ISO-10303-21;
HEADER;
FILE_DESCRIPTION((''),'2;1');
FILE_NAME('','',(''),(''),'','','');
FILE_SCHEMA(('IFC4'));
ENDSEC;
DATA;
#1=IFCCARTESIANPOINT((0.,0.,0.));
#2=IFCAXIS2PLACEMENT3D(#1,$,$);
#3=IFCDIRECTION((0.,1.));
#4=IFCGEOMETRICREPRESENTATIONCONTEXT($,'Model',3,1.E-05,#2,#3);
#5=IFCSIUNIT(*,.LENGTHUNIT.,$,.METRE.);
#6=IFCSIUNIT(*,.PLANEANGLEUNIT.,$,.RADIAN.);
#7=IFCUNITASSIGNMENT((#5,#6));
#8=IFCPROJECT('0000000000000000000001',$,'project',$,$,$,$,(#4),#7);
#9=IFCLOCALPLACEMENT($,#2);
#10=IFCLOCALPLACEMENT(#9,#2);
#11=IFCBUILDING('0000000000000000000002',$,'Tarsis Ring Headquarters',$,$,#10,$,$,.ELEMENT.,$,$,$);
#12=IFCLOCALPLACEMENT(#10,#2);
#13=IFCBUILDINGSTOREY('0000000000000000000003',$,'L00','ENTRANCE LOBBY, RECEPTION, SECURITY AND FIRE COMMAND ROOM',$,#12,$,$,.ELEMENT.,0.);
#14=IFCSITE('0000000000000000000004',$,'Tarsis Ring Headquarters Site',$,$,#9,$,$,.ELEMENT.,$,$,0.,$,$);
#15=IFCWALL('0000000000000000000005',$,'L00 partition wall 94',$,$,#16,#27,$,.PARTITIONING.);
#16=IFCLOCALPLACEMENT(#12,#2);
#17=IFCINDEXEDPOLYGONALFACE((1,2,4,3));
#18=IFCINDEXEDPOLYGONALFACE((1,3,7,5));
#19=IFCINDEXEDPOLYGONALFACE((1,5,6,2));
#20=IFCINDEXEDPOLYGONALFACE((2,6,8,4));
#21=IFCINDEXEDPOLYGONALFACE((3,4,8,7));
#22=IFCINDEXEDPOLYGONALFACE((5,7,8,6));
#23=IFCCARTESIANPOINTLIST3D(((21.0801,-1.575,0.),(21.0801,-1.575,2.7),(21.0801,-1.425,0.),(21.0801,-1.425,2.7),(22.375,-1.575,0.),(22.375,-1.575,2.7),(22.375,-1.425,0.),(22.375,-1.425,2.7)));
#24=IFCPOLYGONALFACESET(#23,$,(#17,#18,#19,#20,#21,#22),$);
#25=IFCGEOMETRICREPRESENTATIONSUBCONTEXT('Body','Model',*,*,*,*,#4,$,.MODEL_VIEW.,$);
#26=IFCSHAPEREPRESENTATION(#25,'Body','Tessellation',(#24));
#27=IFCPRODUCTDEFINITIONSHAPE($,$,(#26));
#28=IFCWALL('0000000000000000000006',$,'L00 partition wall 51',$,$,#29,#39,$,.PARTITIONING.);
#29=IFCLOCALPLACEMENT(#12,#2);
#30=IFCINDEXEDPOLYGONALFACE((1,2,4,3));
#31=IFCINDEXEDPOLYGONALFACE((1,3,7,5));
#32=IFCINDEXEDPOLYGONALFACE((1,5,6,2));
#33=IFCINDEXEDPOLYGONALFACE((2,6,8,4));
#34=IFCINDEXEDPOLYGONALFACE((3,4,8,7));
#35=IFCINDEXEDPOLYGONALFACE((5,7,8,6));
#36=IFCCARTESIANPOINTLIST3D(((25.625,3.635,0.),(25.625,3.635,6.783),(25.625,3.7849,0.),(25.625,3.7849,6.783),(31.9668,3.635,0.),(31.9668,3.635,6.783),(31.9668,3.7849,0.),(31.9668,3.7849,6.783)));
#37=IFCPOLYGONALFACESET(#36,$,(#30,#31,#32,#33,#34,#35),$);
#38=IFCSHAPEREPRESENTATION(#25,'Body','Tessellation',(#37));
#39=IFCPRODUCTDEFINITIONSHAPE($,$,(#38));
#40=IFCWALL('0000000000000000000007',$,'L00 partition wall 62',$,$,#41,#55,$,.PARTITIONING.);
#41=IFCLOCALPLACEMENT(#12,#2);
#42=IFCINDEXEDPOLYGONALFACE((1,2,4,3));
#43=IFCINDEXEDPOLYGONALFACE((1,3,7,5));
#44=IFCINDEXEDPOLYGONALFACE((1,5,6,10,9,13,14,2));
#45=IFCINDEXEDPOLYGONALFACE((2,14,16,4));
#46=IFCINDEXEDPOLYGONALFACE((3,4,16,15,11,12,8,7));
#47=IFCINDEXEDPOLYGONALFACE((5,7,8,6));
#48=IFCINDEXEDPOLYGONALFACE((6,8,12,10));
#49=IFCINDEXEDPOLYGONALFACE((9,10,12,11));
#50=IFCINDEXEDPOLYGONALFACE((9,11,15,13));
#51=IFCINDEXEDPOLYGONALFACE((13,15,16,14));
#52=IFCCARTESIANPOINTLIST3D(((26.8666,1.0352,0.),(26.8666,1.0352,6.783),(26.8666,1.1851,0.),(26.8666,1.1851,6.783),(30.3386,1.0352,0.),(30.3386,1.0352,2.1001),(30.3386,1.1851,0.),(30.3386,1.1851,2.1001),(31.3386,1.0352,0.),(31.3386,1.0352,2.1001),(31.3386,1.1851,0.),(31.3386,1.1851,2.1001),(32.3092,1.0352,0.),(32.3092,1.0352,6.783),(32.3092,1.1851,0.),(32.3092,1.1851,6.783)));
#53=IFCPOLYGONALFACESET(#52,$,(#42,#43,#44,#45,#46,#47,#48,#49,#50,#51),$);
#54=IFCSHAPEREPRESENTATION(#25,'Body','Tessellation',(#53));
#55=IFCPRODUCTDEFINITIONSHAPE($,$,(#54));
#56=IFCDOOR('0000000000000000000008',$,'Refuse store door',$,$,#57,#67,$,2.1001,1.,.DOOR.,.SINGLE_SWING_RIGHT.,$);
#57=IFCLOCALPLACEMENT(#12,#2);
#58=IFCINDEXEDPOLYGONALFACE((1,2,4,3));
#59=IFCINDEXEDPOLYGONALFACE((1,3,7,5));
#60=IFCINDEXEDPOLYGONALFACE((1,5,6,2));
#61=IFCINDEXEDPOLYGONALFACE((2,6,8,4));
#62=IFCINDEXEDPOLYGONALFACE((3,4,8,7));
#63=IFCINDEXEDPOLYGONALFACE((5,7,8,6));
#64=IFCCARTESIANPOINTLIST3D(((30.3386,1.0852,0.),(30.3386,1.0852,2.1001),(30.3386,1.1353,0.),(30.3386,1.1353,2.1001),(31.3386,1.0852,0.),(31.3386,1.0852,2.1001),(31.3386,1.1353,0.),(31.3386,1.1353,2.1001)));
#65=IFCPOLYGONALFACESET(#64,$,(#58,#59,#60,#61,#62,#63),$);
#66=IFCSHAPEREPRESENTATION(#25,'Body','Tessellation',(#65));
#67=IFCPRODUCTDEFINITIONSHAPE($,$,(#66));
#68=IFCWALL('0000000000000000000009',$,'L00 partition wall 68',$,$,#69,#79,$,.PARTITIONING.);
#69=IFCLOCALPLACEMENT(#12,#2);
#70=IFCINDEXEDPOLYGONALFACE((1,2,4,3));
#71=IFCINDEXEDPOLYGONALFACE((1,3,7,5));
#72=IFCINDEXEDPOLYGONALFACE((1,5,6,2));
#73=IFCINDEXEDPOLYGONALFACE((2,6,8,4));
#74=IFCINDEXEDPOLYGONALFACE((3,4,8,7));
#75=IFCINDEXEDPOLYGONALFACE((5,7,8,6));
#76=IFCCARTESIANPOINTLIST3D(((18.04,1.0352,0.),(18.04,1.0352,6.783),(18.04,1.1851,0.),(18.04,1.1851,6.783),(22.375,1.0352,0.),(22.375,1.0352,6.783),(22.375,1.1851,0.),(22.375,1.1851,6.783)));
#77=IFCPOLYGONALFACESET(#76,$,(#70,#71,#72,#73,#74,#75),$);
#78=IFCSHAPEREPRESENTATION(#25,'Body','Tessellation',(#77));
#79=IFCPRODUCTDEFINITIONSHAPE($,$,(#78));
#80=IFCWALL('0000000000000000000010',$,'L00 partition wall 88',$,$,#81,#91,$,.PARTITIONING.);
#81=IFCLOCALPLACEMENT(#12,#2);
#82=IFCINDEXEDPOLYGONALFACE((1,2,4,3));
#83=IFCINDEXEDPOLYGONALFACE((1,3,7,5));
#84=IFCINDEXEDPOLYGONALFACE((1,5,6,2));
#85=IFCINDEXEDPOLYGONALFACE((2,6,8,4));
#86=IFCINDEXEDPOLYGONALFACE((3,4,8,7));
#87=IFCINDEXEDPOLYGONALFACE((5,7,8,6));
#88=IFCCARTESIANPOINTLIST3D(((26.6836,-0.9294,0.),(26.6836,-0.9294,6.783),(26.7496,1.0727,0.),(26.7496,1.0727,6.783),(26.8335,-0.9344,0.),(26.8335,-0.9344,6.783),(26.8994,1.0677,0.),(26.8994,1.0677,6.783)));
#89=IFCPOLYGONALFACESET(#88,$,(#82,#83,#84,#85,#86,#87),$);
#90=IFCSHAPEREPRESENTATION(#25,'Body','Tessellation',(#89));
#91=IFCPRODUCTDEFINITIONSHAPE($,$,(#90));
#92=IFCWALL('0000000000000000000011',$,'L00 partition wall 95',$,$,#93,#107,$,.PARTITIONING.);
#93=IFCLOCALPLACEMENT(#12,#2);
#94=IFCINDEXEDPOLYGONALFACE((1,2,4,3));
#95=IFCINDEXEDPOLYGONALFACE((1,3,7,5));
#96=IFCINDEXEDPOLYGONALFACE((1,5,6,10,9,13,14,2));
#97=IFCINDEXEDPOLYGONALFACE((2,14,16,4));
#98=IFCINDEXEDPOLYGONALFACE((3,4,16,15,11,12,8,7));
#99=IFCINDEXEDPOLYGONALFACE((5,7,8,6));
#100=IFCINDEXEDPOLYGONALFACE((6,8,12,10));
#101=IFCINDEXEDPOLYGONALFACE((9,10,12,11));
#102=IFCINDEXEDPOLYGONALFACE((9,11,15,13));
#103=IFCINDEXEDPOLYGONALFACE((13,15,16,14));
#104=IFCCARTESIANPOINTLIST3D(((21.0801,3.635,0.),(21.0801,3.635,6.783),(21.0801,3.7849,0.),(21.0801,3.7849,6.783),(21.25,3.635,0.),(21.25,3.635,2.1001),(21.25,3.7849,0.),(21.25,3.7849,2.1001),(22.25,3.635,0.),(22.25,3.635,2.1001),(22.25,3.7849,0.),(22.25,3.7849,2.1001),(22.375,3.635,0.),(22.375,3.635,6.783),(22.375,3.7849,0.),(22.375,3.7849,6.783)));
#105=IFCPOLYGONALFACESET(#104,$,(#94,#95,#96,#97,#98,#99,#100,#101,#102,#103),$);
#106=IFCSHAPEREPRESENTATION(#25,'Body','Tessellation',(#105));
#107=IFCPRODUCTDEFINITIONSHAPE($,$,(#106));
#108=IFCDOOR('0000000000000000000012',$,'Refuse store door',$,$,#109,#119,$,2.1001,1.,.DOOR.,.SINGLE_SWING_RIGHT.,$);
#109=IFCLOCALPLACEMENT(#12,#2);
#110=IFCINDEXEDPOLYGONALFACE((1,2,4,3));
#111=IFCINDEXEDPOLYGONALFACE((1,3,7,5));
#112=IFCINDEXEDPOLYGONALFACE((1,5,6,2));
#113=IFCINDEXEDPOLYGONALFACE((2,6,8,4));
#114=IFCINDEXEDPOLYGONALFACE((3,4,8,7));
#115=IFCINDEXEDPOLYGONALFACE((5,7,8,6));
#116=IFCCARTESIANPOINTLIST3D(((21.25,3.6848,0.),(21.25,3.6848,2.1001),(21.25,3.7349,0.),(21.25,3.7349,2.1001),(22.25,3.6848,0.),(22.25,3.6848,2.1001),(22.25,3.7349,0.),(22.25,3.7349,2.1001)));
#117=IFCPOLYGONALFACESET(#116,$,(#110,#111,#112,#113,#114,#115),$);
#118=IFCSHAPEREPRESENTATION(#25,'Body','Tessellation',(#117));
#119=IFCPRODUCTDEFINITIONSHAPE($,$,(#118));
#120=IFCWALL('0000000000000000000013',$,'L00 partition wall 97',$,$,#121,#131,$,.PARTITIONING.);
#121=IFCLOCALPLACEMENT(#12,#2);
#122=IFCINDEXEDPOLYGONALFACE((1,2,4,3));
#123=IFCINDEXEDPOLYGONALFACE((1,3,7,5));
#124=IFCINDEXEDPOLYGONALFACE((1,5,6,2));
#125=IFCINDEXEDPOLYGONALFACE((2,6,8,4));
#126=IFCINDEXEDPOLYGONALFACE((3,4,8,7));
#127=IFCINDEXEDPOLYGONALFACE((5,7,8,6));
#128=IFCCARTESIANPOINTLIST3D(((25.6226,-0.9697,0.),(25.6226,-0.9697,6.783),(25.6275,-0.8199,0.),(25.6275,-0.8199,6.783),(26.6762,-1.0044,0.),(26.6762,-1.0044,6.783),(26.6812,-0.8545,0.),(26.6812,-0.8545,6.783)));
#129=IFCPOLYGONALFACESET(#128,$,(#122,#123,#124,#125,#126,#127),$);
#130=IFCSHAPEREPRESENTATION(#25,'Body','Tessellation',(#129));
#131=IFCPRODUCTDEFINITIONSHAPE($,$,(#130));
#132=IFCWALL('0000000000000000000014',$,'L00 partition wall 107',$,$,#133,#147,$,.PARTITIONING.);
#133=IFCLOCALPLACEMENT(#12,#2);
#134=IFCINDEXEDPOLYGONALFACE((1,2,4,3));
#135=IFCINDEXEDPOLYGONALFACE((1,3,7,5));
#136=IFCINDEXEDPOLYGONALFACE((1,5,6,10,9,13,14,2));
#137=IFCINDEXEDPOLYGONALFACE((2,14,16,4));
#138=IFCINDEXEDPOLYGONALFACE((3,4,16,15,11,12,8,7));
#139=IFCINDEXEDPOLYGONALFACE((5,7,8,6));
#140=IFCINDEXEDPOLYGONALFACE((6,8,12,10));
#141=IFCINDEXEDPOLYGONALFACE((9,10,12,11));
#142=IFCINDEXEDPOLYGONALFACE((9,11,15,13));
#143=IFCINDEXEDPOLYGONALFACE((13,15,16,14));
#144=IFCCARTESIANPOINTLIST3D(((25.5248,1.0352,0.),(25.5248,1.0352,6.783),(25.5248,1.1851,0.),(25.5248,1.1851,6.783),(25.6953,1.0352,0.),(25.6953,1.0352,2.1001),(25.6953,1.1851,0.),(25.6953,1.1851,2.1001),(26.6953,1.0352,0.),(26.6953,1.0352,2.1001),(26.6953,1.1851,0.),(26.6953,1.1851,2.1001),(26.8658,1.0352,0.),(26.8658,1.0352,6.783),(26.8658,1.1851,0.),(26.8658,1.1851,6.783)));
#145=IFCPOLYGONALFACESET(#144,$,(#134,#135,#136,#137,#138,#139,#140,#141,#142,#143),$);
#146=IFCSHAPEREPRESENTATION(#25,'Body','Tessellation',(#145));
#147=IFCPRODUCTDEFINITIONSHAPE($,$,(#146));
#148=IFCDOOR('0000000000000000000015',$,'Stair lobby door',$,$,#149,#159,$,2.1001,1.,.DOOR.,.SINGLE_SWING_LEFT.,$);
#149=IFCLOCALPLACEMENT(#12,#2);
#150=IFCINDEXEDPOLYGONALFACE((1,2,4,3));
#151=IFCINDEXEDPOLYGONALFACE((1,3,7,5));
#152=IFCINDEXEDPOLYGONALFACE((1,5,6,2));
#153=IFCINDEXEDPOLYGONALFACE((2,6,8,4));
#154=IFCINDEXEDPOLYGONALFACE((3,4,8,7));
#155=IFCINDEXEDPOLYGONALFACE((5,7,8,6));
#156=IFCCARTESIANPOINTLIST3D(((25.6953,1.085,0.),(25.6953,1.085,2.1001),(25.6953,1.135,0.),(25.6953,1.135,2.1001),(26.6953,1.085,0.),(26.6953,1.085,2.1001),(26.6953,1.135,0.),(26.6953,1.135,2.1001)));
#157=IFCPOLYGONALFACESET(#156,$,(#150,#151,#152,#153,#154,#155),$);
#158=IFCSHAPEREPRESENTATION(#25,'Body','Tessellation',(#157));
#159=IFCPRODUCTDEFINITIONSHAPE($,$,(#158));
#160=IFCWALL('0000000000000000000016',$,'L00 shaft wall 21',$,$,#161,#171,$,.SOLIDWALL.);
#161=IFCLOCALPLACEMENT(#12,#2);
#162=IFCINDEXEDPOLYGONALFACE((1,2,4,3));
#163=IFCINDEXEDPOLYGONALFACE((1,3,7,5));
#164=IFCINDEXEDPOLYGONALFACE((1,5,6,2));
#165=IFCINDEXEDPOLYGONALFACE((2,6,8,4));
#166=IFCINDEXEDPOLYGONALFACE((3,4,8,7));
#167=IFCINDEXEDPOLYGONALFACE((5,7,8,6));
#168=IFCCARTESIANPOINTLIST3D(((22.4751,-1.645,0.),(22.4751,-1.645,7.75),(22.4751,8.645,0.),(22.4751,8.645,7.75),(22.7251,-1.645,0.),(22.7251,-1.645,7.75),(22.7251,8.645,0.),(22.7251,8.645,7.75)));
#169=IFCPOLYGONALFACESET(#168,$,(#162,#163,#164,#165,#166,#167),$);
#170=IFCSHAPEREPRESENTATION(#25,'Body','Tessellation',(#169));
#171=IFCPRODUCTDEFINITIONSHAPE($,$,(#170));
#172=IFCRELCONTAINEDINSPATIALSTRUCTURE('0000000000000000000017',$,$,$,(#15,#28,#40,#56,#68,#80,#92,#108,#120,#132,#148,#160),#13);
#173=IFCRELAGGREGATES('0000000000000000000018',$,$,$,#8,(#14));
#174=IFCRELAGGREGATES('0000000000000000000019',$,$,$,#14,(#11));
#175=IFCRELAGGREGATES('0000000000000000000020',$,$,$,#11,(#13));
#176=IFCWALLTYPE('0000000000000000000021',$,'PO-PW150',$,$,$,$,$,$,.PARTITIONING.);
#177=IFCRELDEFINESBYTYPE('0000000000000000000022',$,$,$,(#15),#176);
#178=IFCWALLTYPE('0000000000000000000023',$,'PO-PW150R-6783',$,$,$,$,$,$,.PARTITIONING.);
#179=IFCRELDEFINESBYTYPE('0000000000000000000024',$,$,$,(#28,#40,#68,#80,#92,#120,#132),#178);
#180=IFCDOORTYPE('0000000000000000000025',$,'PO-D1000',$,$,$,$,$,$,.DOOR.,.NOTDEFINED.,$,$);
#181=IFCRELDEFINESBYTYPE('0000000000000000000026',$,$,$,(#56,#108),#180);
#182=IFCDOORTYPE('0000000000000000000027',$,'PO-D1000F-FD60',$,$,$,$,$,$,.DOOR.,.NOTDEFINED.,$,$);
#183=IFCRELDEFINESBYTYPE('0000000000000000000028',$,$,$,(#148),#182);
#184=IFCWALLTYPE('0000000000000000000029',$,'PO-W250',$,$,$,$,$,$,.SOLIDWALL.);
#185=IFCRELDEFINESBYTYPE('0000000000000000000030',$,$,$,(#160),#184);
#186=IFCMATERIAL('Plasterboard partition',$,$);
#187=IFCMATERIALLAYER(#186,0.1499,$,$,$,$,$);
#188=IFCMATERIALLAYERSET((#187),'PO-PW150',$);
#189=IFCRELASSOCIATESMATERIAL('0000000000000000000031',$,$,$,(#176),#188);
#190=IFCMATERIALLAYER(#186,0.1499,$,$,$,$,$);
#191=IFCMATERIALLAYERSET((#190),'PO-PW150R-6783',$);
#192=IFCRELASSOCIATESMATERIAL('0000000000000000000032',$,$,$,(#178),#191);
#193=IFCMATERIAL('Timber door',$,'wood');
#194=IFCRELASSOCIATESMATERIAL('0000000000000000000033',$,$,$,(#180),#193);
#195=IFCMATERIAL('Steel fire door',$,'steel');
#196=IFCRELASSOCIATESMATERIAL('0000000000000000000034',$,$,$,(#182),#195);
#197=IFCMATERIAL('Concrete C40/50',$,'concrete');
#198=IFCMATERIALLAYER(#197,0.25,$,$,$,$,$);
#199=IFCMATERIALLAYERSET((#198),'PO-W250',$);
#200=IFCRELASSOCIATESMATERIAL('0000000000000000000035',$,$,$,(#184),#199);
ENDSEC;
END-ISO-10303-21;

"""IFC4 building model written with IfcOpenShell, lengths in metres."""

from ifc_helpers import new_model, si_unit, direction, frame, frame_2d, origin, place, context, subcontext, project, spatial, rectangle, extrude, material, layer, layer_set, type_object, element, fill, save


model = new_model("IFC4")

# Units and contexts
model_context = context("Model", 3, precision=1e-05, world=origin(), true_north=direction((0.0, 1.0)))
body_context = subcontext(model_context, "Body", "Model", "MODEL_VIEW")
ifc_project = project(units=[si_unit("LENGTHUNIT", "METRE"), si_unit("PLANEANGLEUNIT", "RADIAN")], contexts=[model_context])

# Site, building, storey
site_placement = place(None, origin())
site = spatial("IfcSite", under=ifc_project, at=site_placement, Name="Tarsis Ring Headquarters Site", CompositionType="ELEMENT", RefElevation=0.0)
building_placement = place(site_placement, origin())
building = spatial("IfcBuilding", under=site, at=building_placement, Name="Tarsis Ring Headquarters", CompositionType="ELEMENT")
storey_placement = place(building_placement, origin())
storey = spatial("IfcBuildingStorey", under=building, at=storey_placement, Name="L00", Description="ENTRANCE LOBBY, RECEPTION, SECURITY AND FIRE COMMAND ROOM", CompositionType="ELEMENT", Elevation=0.0)

# Shared definitions
ifc_material_1 = material(Name="Concrete C40/50", Category="concrete")

# Shared definitions
ifc_material_2 = material(Name="Plasterboard partition")
ifc_layer_1 = layer(ifc_material_2, 0.1499)
ifc_layer_set_1 = layer_set([ifc_layer_1], Name="PO-PW150")
wall_type_1 = type_object("IfcWallType", Name="PO-PW150", PredefinedType="PARTITIONING", material=ifc_layer_set_1)
ifc_material_3 = material(Name="Timber door", Category="wood")

# Walls
wall_1_placement = place(storey_placement, frame((22.375, -1.5, 0.0), z_axis=(0.0, 0.0, 1.0), x_axis=(-1.0, 0.0, 0.0)))
element("IfcWall", 1, at=wall_1_placement, inside=storey, type_object=wall_type_1, Name="L00 partition wall 94", PredefinedType="PARTITIONING", context=body_context, shape_type="SweptSolid", body=[
    extrude(rectangle(XDim=1.2949, YDim=0.1499, at=frame_2d((0.6475, 0.0))), origin(), (0.0, 0.0, 1.0), 2.7),
])
ifc_layer_2 = layer(ifc_material_2, 0.1499)
ifc_layer_set_2 = layer_set([ifc_layer_2], Name="PO-PW150R-6783")
wall_type_2 = type_object("IfcWallType", Name="PO-PW150R-6783", PredefinedType="PARTITIONING", material=ifc_layer_set_2)
wall_2_placement = place(storey_placement, frame((25.625, 3.71, 0.0), z_axis=(0.0, 0.0, 1.0), x_axis=(1.0, 0.0, 0.0)))
element("IfcWall", 2, at=wall_2_placement, inside=storey, type_object=wall_type_2, Name="L00 partition wall 51", PredefinedType="PARTITIONING", context=body_context, shape_type="SweptSolid", body=[
    extrude(rectangle(XDim=6.3418, YDim=0.1499, at=frame_2d((3.1709, 0.0))), origin(), (0.0, 0.0, 1.0), 6.783),
])

# Wall, opening, door
wall_3_placement = place(storey_placement, frame((32.3091, 1.1101, 0.0), z_axis=(0.0, 0.0, 1.0), x_axis=(-1.0, 0.0, 0.0)))
wall_3 = element("IfcWall", 3, at=wall_3_placement, inside=storey, type_object=wall_type_2, Name="L00 partition wall 62", PredefinedType="PARTITIONING", context=body_context, shape_type="SweptSolid", body=[
    extrude(rectangle(XDim=5.4426, YDim=0.1499, at=frame_2d((2.7212, 0.0))), origin(), (0.0, 0.0, 1.0), 6.783),
])
opening_1_placement = place(wall_3_placement, frame((0.9705, 0.0, 0.0)))
opening_1 = element("IfcOpeningElement", 4, at=opening_1_placement, cuts=wall_3, PredefinedType="OPENING", context=body_context, shape_type="SweptSolid", body=[
    extrude(rectangle(XDim=1.0, YDim=2.1001, at=frame_2d((0.5, 1.05))), frame((0.0, 0.085, 0.0), z_axis=(0.0, -1.0, 0.0), x_axis=(1.0, 0.0, 0.0)), (0.0, 0.0, 1.0), 0.1699),
])
door_type_1 = type_object("IfcDoorType", Name="PO-D1000", OperationType="NOTDEFINED", PredefinedType="DOOR", material=ifc_material_3)
door_1_placement = place(opening_1_placement, origin())
door_1 = element("IfcDoor", 5, at=door_1_placement, inside=storey, type_object=door_type_1, Name="Refuse store door", OperationType="SINGLE_SWING_RIGHT", OverallHeight=2.1001, OverallWidth=1.0, PredefinedType="DOOR", context=body_context, shape_type="SweptSolid", body=[
    extrude(rectangle(XDim=1.0, YDim=2.1001, at=frame_2d((0.5, 1.05))), frame((0.0, 0.0249, 0.0), z_axis=(0.0, -1.0, 0.0), x_axis=(1.0, 0.0, 0.0)), (0.0, 0.0, 1.0), 0.05),
])
fill(opening_1, door_1)

# Walls
wall_4_placement = place(storey_placement, frame((22.375, 1.1101, 0.0), z_axis=(0.0, 0.0, 1.0), x_axis=(-1.0, 0.0, 0.0)))
element("IfcWall", 6, at=wall_4_placement, inside=storey, type_object=wall_type_2, Name="L00 partition wall 68", PredefinedType="PARTITIONING", context=body_context, shape_type="SweptSolid", body=[
    extrude(rectangle(XDim=4.335, YDim=0.1499, at=frame_2d((2.1675, 0.0))), origin(), (0.0, 0.0, 1.0), 6.783),
])
wall_5_placement = place(storey_placement, frame((26.8245, 1.0701, 0.0), z_axis=(0.0, 0.0, 1.0), x_axis=(-0.032905, -0.999458, 0.0)))
element("IfcWall", 7, at=wall_5_placement, inside=storey, type_object=wall_type_2, Name="L00 partition wall 88", PredefinedType="PARTITIONING", context=body_context, shape_type="SweptSolid", body=[
    extrude(rectangle(XDim=2.0032, YDim=0.1499, at=frame_2d((1.0015, 0.0))), origin(), (0.0, 0.0, 1.0), 6.783),
])

# Wall, opening, door
wall_6_placement = place(storey_placement, frame((21.0801, 3.71, 0.0), z_axis=(0.0, 0.0, 1.0), x_axis=(1.0, 0.0, 0.0)))
wall_6 = element("IfcWall", 8, at=wall_6_placement, inside=storey, type_object=wall_type_2, Name="L00 partition wall 95", PredefinedType="PARTITIONING", context=body_context, shape_type="SweptSolid", body=[
    extrude(rectangle(XDim=1.2949, YDim=0.1499, at=frame_2d((0.6475, 0.0))), origin(), (0.0, 0.0, 1.0), 6.783),
])
opening_2_placement = place(wall_6_placement, frame((0.1699, 0.0, 0.0)))
opening_2 = element("IfcOpeningElement", 9, at=opening_2_placement, cuts=wall_6, PredefinedType="OPENING", context=body_context, shape_type="SweptSolid", body=[
    extrude(rectangle(XDim=1.0, YDim=2.1001, at=frame_2d((0.5, 1.05))), frame((0.0, 0.085, 0.0), z_axis=(0.0, -1.0, 0.0), x_axis=(1.0, 0.0, 0.0)), (0.0, 0.0, 1.0), 0.1699),
])
door_2_placement = place(opening_2_placement, origin())
door_2 = element("IfcDoor", 10, at=door_2_placement, inside=storey, type_object=door_type_1, Name="Refuse store door", OperationType="SINGLE_SWING_RIGHT", OverallHeight=2.1001, OverallWidth=1.0, PredefinedType="DOOR", context=body_context, shape_type="SweptSolid", body=[
    extrude(rectangle(XDim=1.0, YDim=2.1001, at=frame_2d((0.5, 1.05))), frame((0.0, 0.0249, 0.0), z_axis=(0.0, -1.0, 0.0), x_axis=(1.0, 0.0, 0.0)), (0.0, 0.0, 1.0), 0.05),
])
fill(opening_2, door_2)

# Wall
wall_7_placement = place(storey_placement, frame((26.6787, -0.9294, 0.0), z_axis=(0.0, 0.0, 1.0), x_axis=(-0.999459, 0.032883, 0.0)))
element("IfcWall", 11, at=wall_7_placement, inside=storey, type_object=wall_type_2, Name="L00 partition wall 97", PredefinedType="PARTITIONING", context=body_context, shape_type="SweptSolid", body=[
    extrude(rectangle(XDim=1.0542, YDim=0.1499, at=frame_2d((0.5271, 0.0))), origin(), (0.0, 0.0, 1.0), 6.783),
])

# Wall, opening, door
wall_8_placement = place(storey_placement, frame((25.5249, 1.1101, 0.0), z_axis=(0.0, 0.0, 1.0), x_axis=(1.0, 0.0, 0.0)))
wall_8 = element("IfcWall", 12, at=wall_8_placement, inside=storey, type_object=wall_type_2, Name="L00 partition wall 107", PredefinedType="PARTITIONING", context=body_context, shape_type="SweptSolid", body=[
    extrude(rectangle(XDim=1.3411, YDim=0.1499, at=frame_2d((0.6704, 0.0))), origin(), (0.0, 0.0, 1.0), 6.783),
])
opening_3_placement = place(wall_8_placement, frame((0.1704, 0.0, 0.0)))
opening_3 = element("IfcOpeningElement", 13, at=opening_3_placement, cuts=wall_8, PredefinedType="OPENING", context=body_context, shape_type="SweptSolid", body=[
    extrude(rectangle(XDim=1.0, YDim=2.1001, at=frame_2d((0.5, 1.05))), frame((0.0, 0.085, 0.0), z_axis=(0.0, -1.0, 0.0), x_axis=(1.0, 0.0, 0.0)), (0.0, 0.0, 1.0), 0.1699),
])
ifc_material_4 = material(Name="Steel fire door", Category="steel")
door_type_2 = type_object("IfcDoorType", Name="PO-D1000F-FD60", OperationType="NOTDEFINED", PredefinedType="DOOR", material=ifc_material_4)
door_3_placement = place(opening_3_placement, origin())
door_3 = element("IfcDoor", 14, at=door_3_placement, inside=storey, type_object=door_type_2, Name="Stair lobby door", OperationType="SINGLE_SWING_LEFT", OverallHeight=2.1001, OverallWidth=1.0, PredefinedType="DOOR", context=body_context, shape_type="SweptSolid", body=[
    extrude(rectangle(XDim=1.0, YDim=2.1001, at=frame_2d((0.5, 1.05))), frame((0.0, 0.0249, 0.0), z_axis=(0.0, -1.0, 0.0), x_axis=(1.0, 0.0, 0.0)), (0.0, 0.0, 1.0), 0.05),
])
fill(opening_3, door_3)

# Wall
ifc_layer_3 = layer(ifc_material_1, 0.25)
ifc_layer_set_3 = layer_set([ifc_layer_3], Name="PO-W250")
wall_type_3 = type_object("IfcWallType", Name="PO-W250", PredefinedType="SOLIDWALL", material=ifc_layer_set_3)
wall_9_placement = place(storey_placement, frame((22.6001, -1.645, 0.0), z_axis=(0.0, 0.0, 1.0), x_axis=(0.0, 1.0, 0.0)))
element("IfcWall", 15, at=wall_9_placement, inside=storey, type_object=wall_type_3, Name="L00 shaft wall 21", PredefinedType="SOLIDWALL", context=body_context, shape_type="SweptSolid", body=[
    extrude(rectangle(XDim=10.29, YDim=0.25, at=frame_2d((5.145, 0.0))), origin(), (0.0, 0.0, 1.0), 7.75),
])

save(model, "model.ifc")
